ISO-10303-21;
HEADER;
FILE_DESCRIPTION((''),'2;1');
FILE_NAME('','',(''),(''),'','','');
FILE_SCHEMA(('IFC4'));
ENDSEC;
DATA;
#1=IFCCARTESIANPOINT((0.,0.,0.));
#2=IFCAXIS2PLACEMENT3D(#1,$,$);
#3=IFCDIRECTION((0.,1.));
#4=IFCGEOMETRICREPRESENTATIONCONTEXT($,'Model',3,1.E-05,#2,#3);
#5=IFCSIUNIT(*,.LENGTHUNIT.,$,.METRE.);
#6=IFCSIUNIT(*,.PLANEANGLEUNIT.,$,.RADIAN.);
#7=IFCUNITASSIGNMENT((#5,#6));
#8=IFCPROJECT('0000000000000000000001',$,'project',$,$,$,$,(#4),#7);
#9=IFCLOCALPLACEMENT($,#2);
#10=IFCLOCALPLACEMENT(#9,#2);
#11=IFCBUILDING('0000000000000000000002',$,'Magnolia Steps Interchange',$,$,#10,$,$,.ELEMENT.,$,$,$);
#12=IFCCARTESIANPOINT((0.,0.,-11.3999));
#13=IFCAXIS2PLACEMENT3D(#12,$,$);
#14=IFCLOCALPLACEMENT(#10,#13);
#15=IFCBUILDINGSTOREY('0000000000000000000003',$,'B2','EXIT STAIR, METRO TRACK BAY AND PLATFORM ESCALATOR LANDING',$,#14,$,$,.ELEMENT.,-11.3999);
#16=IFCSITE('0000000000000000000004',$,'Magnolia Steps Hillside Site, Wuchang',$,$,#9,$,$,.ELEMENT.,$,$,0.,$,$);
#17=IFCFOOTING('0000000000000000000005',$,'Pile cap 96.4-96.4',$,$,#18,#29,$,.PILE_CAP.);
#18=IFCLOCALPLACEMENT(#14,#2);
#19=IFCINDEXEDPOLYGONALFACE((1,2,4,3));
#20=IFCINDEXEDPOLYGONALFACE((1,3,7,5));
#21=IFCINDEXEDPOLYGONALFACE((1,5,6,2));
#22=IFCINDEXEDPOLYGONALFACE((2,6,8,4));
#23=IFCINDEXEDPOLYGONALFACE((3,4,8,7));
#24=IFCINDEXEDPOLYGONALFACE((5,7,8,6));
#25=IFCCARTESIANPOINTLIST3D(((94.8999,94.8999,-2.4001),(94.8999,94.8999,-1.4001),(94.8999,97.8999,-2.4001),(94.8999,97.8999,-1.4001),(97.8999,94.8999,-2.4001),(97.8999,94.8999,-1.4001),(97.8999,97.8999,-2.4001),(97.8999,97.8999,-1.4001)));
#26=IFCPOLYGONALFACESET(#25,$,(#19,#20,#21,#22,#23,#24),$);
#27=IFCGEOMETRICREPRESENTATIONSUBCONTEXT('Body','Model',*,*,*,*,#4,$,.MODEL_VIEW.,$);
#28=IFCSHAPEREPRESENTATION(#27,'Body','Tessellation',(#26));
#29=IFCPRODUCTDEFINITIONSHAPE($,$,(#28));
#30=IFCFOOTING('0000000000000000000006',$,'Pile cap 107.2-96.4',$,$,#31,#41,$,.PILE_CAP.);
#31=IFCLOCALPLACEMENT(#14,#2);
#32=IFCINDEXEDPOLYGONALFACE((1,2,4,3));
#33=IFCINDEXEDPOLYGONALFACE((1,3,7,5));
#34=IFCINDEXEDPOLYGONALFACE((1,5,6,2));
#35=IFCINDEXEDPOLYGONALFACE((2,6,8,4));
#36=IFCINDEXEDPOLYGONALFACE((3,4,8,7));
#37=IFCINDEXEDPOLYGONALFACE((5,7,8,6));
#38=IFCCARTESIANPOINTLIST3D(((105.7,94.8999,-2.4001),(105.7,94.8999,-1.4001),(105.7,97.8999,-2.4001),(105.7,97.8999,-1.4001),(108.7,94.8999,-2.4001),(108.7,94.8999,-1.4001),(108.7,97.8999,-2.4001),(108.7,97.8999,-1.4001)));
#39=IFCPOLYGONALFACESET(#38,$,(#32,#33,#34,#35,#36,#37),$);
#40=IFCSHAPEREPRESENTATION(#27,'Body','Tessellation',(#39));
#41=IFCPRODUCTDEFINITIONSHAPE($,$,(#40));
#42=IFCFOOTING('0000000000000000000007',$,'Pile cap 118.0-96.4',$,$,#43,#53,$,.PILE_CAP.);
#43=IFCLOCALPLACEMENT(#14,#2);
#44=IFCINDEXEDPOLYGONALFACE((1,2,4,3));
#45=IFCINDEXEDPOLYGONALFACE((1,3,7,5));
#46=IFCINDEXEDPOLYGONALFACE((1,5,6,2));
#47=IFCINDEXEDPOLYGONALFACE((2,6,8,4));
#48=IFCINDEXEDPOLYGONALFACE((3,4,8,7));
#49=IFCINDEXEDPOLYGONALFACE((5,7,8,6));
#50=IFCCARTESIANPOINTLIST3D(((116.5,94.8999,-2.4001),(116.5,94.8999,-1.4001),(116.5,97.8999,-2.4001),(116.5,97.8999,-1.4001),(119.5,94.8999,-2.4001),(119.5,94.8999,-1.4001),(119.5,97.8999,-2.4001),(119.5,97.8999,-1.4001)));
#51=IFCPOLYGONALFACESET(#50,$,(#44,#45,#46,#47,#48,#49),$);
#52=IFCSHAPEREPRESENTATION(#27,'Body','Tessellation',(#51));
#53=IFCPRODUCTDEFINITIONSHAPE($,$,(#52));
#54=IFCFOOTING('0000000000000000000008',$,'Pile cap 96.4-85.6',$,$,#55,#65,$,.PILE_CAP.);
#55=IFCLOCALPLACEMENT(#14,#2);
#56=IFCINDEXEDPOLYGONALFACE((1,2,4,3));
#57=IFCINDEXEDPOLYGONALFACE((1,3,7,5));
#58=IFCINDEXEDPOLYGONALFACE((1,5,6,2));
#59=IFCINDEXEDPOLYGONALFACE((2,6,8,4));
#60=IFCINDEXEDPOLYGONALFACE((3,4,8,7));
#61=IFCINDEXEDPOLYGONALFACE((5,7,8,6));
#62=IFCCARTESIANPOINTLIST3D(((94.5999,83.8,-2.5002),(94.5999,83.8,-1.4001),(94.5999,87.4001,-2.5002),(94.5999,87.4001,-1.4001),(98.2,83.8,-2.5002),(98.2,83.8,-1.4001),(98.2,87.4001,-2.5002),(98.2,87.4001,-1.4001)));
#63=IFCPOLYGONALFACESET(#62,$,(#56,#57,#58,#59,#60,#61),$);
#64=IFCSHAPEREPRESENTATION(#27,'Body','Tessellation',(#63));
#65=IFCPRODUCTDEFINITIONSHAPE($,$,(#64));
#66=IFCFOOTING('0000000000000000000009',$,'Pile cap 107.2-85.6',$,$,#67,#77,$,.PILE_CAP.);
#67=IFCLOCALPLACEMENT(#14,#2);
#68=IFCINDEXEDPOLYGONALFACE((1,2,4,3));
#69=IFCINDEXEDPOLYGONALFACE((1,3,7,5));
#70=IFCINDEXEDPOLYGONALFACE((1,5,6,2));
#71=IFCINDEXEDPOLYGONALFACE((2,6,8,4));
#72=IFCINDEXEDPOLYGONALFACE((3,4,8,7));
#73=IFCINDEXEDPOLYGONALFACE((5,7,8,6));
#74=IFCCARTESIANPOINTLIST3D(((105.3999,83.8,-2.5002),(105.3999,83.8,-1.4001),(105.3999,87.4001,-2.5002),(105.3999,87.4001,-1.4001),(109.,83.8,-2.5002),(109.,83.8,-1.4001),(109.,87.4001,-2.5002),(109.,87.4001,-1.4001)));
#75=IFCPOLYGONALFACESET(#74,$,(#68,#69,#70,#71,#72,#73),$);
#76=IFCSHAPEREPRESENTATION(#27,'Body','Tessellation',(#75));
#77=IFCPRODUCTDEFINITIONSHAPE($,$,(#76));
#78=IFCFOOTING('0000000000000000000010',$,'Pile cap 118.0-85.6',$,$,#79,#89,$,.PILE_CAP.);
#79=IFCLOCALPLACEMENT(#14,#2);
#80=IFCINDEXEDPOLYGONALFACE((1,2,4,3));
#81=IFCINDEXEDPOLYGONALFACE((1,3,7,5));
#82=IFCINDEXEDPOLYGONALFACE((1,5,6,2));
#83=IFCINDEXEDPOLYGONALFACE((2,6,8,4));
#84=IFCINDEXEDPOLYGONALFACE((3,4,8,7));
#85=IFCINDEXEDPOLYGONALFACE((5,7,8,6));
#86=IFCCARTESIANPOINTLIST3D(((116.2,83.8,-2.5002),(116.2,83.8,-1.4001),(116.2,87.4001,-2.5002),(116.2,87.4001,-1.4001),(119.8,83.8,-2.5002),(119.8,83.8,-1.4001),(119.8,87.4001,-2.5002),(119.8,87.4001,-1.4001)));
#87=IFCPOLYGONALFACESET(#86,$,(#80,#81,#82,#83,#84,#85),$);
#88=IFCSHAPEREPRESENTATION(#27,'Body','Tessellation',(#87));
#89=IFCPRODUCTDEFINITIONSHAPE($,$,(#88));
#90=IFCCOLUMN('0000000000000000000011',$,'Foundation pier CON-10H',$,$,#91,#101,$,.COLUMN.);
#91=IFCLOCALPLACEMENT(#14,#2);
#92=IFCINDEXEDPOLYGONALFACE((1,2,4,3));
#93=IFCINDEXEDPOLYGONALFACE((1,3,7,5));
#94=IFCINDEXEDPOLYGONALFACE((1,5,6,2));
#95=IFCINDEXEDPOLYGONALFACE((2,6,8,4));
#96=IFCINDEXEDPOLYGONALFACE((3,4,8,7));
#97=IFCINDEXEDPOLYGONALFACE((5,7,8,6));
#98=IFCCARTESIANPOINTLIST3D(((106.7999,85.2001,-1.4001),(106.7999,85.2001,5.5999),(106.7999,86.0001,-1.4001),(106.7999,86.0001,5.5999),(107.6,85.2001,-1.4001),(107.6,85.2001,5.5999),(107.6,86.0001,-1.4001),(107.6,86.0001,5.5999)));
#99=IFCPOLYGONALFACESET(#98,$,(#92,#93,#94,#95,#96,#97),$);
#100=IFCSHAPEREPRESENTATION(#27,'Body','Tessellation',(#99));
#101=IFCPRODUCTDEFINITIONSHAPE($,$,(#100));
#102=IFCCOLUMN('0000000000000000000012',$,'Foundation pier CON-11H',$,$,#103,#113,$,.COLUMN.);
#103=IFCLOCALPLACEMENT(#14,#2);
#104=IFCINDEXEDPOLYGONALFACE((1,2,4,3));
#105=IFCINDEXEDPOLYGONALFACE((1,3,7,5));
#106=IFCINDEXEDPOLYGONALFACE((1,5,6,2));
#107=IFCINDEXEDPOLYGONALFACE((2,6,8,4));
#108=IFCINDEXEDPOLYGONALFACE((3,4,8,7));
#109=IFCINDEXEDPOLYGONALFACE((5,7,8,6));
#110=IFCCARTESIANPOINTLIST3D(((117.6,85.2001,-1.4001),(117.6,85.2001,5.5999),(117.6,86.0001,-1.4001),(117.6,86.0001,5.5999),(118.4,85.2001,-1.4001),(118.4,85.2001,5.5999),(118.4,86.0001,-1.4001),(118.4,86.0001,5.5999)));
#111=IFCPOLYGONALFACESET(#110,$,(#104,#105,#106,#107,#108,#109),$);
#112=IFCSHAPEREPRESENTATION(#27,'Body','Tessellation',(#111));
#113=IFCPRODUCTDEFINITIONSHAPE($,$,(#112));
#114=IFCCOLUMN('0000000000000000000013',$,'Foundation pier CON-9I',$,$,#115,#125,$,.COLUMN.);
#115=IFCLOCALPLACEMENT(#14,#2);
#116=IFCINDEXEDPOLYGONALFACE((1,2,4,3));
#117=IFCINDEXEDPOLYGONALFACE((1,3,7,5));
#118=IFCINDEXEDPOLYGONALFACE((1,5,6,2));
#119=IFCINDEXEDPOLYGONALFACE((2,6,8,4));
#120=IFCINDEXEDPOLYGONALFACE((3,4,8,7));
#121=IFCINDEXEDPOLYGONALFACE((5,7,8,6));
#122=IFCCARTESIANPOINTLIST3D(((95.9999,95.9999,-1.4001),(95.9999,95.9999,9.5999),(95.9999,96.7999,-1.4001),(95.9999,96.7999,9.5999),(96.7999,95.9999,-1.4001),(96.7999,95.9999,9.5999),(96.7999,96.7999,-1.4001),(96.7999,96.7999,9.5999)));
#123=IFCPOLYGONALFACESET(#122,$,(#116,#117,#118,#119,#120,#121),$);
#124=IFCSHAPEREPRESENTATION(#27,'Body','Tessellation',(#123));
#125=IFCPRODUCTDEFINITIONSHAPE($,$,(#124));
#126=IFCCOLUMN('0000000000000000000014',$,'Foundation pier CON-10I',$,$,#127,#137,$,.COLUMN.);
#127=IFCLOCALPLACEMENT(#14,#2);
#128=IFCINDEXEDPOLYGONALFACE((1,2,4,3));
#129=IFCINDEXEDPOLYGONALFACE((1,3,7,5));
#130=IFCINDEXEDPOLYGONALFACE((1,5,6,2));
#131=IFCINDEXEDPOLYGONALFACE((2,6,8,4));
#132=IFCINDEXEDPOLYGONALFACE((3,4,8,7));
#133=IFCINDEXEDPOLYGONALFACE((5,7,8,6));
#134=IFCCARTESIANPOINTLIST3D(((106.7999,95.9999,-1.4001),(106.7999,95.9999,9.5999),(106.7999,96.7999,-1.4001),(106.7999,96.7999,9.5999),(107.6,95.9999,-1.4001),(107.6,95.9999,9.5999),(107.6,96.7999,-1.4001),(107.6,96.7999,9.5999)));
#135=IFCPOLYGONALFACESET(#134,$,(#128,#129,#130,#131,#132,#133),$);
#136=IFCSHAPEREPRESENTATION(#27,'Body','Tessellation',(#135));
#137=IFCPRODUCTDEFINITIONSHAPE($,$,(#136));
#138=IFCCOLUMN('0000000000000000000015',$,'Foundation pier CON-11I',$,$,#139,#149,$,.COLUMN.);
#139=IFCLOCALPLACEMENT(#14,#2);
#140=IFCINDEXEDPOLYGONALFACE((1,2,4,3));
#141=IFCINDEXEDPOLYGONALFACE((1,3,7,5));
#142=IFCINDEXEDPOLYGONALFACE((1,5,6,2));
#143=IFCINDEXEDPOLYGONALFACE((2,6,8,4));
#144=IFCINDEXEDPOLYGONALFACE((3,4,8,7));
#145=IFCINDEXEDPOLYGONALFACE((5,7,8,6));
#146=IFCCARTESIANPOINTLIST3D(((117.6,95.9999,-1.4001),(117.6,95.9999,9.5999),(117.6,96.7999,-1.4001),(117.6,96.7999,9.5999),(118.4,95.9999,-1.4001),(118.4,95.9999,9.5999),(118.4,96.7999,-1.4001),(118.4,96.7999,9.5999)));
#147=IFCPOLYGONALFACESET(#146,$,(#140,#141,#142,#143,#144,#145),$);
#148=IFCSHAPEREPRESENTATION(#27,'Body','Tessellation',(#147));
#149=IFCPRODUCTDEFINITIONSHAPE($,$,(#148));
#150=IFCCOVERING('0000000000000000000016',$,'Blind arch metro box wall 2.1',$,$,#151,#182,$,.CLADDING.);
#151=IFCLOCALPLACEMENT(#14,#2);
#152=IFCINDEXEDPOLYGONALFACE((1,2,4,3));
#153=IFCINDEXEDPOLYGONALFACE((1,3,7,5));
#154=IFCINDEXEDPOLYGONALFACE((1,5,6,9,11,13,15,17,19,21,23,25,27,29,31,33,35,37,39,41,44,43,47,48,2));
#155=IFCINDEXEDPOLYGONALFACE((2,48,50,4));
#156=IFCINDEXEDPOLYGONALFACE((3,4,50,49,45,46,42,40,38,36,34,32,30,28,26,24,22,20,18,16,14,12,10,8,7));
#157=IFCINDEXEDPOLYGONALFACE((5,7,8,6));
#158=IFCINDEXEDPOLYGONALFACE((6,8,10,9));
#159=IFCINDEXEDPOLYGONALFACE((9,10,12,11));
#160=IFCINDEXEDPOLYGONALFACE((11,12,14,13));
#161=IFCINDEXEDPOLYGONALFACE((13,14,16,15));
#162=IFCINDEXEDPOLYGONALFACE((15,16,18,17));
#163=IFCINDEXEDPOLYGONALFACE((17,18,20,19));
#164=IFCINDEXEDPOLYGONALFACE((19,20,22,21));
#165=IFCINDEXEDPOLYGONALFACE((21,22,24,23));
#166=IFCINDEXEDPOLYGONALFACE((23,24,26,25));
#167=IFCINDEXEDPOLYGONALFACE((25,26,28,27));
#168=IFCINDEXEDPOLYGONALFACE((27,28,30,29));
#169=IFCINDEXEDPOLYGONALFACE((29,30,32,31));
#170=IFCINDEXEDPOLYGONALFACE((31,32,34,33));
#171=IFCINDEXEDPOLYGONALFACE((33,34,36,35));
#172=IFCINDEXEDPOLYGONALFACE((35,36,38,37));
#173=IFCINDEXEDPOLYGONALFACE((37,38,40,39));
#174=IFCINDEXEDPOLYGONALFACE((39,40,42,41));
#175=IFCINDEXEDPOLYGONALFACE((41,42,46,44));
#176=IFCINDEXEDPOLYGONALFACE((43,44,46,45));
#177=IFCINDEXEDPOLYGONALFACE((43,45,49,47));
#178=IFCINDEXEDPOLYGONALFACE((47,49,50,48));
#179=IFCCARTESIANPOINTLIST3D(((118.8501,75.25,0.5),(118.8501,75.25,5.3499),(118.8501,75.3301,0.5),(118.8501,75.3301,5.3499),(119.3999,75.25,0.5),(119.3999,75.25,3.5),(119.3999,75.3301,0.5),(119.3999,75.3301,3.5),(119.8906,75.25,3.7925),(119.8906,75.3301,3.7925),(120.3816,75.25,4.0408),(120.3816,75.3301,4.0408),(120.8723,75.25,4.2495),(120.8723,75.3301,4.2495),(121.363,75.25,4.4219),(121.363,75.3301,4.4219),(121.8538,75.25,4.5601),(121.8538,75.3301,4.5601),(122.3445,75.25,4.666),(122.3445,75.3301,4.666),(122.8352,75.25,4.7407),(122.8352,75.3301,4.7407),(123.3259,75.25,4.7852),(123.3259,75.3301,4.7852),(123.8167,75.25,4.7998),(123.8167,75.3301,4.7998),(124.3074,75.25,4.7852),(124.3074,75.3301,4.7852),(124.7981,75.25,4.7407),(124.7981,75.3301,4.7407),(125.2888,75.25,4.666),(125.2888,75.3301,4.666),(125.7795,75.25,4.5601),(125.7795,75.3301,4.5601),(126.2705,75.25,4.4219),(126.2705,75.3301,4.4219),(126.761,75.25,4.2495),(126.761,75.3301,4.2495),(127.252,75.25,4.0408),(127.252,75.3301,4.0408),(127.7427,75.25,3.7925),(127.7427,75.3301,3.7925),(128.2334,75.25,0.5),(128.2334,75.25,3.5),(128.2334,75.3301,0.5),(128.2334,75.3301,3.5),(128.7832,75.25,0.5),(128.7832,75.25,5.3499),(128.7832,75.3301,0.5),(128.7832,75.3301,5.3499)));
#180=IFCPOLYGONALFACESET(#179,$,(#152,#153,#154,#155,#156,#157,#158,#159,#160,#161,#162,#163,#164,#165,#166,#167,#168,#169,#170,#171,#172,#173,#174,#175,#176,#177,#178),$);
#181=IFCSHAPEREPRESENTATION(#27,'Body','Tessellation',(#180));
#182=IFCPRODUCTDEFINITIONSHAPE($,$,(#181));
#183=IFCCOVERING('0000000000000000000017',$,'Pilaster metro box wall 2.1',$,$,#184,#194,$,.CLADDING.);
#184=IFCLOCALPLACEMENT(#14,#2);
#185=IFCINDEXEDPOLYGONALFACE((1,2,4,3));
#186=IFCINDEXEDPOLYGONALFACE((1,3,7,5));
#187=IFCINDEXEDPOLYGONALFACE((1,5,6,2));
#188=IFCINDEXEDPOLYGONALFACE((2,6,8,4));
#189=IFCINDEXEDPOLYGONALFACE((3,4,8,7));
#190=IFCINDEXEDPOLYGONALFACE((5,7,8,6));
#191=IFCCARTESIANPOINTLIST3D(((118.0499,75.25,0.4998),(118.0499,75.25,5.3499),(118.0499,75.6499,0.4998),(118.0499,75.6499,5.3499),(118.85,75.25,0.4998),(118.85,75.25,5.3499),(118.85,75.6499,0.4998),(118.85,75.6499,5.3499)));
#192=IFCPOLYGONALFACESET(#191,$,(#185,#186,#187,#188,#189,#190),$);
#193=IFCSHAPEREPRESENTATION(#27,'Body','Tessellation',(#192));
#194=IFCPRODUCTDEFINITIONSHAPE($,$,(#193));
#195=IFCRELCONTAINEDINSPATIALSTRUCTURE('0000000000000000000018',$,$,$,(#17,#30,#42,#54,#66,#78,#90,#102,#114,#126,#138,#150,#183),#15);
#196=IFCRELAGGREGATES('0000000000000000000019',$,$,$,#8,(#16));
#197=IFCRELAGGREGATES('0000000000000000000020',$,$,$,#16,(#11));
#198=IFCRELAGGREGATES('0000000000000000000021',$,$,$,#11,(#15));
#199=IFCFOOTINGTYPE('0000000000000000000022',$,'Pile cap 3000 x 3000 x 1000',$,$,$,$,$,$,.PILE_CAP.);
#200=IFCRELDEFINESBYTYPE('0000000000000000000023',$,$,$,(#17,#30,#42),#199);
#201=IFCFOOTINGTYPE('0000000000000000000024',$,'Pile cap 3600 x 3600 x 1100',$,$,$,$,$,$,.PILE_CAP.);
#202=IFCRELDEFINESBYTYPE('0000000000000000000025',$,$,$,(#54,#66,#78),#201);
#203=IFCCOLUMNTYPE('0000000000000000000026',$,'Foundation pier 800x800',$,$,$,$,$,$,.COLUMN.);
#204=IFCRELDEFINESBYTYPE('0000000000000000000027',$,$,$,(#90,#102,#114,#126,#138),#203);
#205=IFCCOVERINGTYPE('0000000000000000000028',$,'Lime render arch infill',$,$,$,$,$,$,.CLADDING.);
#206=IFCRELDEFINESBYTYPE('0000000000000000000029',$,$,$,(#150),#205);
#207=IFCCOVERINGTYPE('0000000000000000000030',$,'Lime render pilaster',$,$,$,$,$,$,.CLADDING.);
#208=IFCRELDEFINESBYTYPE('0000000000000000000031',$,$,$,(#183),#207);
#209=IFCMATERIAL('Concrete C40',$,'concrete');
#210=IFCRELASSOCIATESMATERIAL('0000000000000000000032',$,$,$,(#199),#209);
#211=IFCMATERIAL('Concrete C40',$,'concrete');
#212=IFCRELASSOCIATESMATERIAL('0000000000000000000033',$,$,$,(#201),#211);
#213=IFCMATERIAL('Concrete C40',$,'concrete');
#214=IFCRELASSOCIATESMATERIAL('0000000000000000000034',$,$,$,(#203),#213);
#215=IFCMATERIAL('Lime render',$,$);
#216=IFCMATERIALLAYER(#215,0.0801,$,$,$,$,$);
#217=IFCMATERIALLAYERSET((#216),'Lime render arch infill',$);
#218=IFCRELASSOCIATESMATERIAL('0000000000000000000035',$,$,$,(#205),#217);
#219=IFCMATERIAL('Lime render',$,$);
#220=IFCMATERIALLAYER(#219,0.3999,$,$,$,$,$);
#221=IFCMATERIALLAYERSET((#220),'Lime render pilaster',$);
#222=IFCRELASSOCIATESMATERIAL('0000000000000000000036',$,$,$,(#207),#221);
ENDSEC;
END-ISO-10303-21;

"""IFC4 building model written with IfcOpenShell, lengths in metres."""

from ifc_helpers import new_model, si_unit, direction, frame, origin, origin_2d, place, context, subcontext, project, spatial, polyline, rectangle, outline, extrude, material, layer, layer_set, material_profile, profile_set, type_object, element, save


model = new_model("IFC4")

# Units and contexts
model_context = context("Model", 3, precision=1e-05, world=origin(), true_north=direction((0.0, 1.0)))
body_context = subcontext(model_context, "Body", "Model", "MODEL_VIEW")
ifc_project = project(units=[si_unit("LENGTHUNIT", "METRE"), si_unit("PLANEANGLEUNIT", "RADIAN")], contexts=[model_context])

# Site, building, storey
site_placement = place(None, origin())
site = spatial("IfcSite", under=ifc_project, at=site_placement, Name="Magnolia Steps Hillside Site, Wuchang", CompositionType="ELEMENT", RefElevation=0.0)
building_placement = place(site_placement, origin())
building = spatial("IfcBuilding", under=site, at=building_placement, Name="Magnolia Steps Interchange", CompositionType="ELEMENT")
storey_placement = place(building_placement, frame((0.0, 0.0, -11.3999)))
storey = spatial("IfcBuildingStorey", under=building, at=storey_placement, Name="B2", Description="EXIT STAIR, METRO TRACK BAY AND PLATFORM ESCALATOR LANDING", CompositionType="ELEMENT", Elevation=-11.3999)

# Footings
ifc_material_1 = material(Name="Concrete C40", Category="concrete")
footing_type_1 = type_object("IfcFootingType", Name="Pile cap 3000 x 3000 x 1000", PredefinedType="PILE_CAP", material=ifc_material_1)
for number, where, z_axis, x_axis, name in (
    (1, (96.3999, 96.3999, -2.4001), (0.0, 0.0, 1.0), (1.0, 0.0, 0.0), "Pile cap 96.4-96.4"),
    (2, (107.2, 96.3999, -2.4001), (0.0, 0.0, 1.0), (1.0, 0.0, 0.0), "Pile cap 107.2-96.4"),
    (3, (118.0, 96.3999, -2.4001), (0.0, 0.0, 1.0), (1.0, 0.0, 0.0), "Pile cap 118.0-96.4"),
):
    element("IfcFooting", number, at=place(storey_placement, frame(where, z_axis=z_axis, x_axis=x_axis)), inside=storey, type_object=footing_type_1, Name=name, PredefinedType="PILE_CAP", context=body_context, shape_type="SweptSolid", body=[
        extrude(rectangle(XDim=3.0, YDim=3.0, at=origin_2d()), origin(), (0.0, 0.0, 1.0), 1.0),
    ])
ifc_material_2 = material(Name="Concrete C40", Category="concrete")
footing_type_2 = type_object("IfcFootingType", Name="Pile cap 3600 x 3600 x 1100", PredefinedType="PILE_CAP", material=ifc_material_2)
for number, where, z_axis, x_axis, name in (
    (4, (96.3999, 85.6001, -2.5002), (0.0, 0.0, 1.0), (1.0, 0.0, 0.0), "Pile cap 96.4-85.6"),
    (5, (107.2, 85.6001, -2.5002), (0.0, 0.0, 1.0), (1.0, 0.0, 0.0), "Pile cap 107.2-85.6"),
    (6, (118.0, 85.6001, -2.5002), (0.0, 0.0, 1.0), (1.0, 0.0, 0.0), "Pile cap 118.0-85.6"),
):
    element("IfcFooting", number, at=place(storey_placement, frame(where, z_axis=z_axis, x_axis=x_axis)), inside=storey, type_object=footing_type_2, Name=name, PredefinedType="PILE_CAP", context=body_context, shape_type="SweptSolid", body=[
        extrude(rectangle(XDim=3.6001, YDim=3.6001, at=origin_2d()), origin(), (0.0, 0.0, 1.0), 1.1001),
    ])

# Columns
ifc_material_3 = material(Name="Concrete C40", Category="concrete")
ifc_material_profile_1 = material_profile(ifc_material_3, rectangle(XDim=0.8, YDim=0.8, at=origin_2d()), Name="RC800x800")
ifc_profile_set_1 = profile_set([ifc_material_profile_1], Name="Concrete C40")
column_type = type_object("IfcColumnType", Name="Foundation pier 800x800", PredefinedType="COLUMN", material=ifc_profile_set_1)
for number, where, z_axis, x_axis, name in (
    (7, (107.2, 85.6001, -1.4001), (0.0, 0.0, 1.0), (1.0, 0.0, 0.0), "Foundation pier CON-10H"),
    (8, (118.0, 85.6001, -1.4001), (0.0, 0.0, 1.0), (1.0, 0.0, 0.0), "Foundation pier CON-11H"),
):
    element("IfcColumn", number, at=place(storey_placement, frame(where, z_axis=z_axis, x_axis=x_axis)), inside=storey, type_object=column_type, Name=name, PredefinedType="COLUMN", context=body_context, shape_type="SweptSolid", body=[
        extrude(rectangle(XDim=0.8, YDim=0.8, at=origin_2d()), origin(), (0.0, 0.0, 1.0), 7.0),
    ])
for number, where, z_axis, x_axis, name in (
    (9, (96.3999, 96.3999, -1.4001), (0.0, 0.0, 1.0), (1.0, 0.0, 0.0), "Foundation pier CON-9I"),
    (10, (107.2, 96.3999, -1.4001), (0.0, 0.0, 1.0), (1.0, 0.0, 0.0), "Foundation pier CON-10I"),
    (11, (118.0, 96.3999, -1.4001), (0.0, 0.0, 1.0), (1.0, 0.0, 0.0), "Foundation pier CON-11I"),
):
    element("IfcColumn", number, at=place(storey_placement, frame(where, z_axis=z_axis, x_axis=x_axis)), inside=storey, type_object=column_type, Name=name, PredefinedType="COLUMN", context=body_context, shape_type="SweptSolid", body=[
        extrude(rectangle(XDim=0.8, YDim=0.8, at=origin_2d()), origin(), (0.0, 0.0, 1.0), 11.0),
    ])

# Coverings
ifc_material_4 = material(Name="Lime render")
ifc_layer_1 = layer(ifc_material_4, 0.0801)
ifc_layer_set_1 = layer_set([ifc_layer_1], Name="Lime render arch infill")
covering_type_1 = type_object("IfcCoveringType", Name="Lime render arch infill", PredefinedType="CLADDING", material=ifc_layer_set_1)
covering_1_placement = place(storey_placement, frame((119.3999, 75.25, 0.5), z_axis=(0.0, -1.0, 0.0), x_axis=(0.0, 0.0, 1.0)))
element("IfcCovering", 12, at=covering_1_placement, inside=storey, type_object=covering_type_1, Name="Blind arch metro box wall 2.1", PredefinedType="CLADDING", context=body_context, shape_type="SweptSolid", body=[
    extrude(outline(polyline([(0.0, 0.0), (3.0, 0.0), (3.2925, -0.4907), (3.5408, -0.9817), (3.7495, -1.4724), (3.9219, -1.9631), (4.0601, -2.4539), (4.166, -2.9446), (4.2407, -3.4353), (4.2852, -3.926), (4.2998, -4.4167), (4.2852, -4.9075), (4.2407, -5.3982), (4.166, -5.8889), (4.0601, -6.3796), (3.9219, -6.8706), (3.7495, -7.3611), (3.5408, -7.8521), (3.2925, -8.3428), (3.0, -8.8335), (0.0, -8.8335), (0.0, -9.3833), (4.8499, -9.3833), (4.8499, 0.5498), (0.0, 0.5498), (0.0, 0.0)])), origin(), (0.0, 0.0, -1.0), 0.0801),
])
ifc_material_5 = material(Name="Lime render")
ifc_layer_2 = layer(ifc_material_5, 0.3999)
ifc_layer_set_2 = layer_set([ifc_layer_2], Name="Lime render pilaster")
covering_type_2 = type_object("IfcCoveringType", Name="Lime render pilaster", PredefinedType="CLADDING", material=ifc_layer_set_2)
covering_2_placement = place(storey_placement, frame((118.45, 75.45, 0.4998), z_axis=(0.0, 0.0, 1.0), x_axis=(1.0, 0.0, 0.0)))
element("IfcCovering", 13, at=covering_2_placement, inside=storey, type_object=covering_type_2, Name="Pilaster metro box wall 2.1", PredefinedType="CLADDING", context=body_context, shape_type="SweptSolid", body=[
    extrude(rectangle(XDim=0.8, YDim=0.3999, at=origin_2d()), origin(), (0.0, 0.0, 1.0), 4.8501),
])

save(model, "model.ifc")
